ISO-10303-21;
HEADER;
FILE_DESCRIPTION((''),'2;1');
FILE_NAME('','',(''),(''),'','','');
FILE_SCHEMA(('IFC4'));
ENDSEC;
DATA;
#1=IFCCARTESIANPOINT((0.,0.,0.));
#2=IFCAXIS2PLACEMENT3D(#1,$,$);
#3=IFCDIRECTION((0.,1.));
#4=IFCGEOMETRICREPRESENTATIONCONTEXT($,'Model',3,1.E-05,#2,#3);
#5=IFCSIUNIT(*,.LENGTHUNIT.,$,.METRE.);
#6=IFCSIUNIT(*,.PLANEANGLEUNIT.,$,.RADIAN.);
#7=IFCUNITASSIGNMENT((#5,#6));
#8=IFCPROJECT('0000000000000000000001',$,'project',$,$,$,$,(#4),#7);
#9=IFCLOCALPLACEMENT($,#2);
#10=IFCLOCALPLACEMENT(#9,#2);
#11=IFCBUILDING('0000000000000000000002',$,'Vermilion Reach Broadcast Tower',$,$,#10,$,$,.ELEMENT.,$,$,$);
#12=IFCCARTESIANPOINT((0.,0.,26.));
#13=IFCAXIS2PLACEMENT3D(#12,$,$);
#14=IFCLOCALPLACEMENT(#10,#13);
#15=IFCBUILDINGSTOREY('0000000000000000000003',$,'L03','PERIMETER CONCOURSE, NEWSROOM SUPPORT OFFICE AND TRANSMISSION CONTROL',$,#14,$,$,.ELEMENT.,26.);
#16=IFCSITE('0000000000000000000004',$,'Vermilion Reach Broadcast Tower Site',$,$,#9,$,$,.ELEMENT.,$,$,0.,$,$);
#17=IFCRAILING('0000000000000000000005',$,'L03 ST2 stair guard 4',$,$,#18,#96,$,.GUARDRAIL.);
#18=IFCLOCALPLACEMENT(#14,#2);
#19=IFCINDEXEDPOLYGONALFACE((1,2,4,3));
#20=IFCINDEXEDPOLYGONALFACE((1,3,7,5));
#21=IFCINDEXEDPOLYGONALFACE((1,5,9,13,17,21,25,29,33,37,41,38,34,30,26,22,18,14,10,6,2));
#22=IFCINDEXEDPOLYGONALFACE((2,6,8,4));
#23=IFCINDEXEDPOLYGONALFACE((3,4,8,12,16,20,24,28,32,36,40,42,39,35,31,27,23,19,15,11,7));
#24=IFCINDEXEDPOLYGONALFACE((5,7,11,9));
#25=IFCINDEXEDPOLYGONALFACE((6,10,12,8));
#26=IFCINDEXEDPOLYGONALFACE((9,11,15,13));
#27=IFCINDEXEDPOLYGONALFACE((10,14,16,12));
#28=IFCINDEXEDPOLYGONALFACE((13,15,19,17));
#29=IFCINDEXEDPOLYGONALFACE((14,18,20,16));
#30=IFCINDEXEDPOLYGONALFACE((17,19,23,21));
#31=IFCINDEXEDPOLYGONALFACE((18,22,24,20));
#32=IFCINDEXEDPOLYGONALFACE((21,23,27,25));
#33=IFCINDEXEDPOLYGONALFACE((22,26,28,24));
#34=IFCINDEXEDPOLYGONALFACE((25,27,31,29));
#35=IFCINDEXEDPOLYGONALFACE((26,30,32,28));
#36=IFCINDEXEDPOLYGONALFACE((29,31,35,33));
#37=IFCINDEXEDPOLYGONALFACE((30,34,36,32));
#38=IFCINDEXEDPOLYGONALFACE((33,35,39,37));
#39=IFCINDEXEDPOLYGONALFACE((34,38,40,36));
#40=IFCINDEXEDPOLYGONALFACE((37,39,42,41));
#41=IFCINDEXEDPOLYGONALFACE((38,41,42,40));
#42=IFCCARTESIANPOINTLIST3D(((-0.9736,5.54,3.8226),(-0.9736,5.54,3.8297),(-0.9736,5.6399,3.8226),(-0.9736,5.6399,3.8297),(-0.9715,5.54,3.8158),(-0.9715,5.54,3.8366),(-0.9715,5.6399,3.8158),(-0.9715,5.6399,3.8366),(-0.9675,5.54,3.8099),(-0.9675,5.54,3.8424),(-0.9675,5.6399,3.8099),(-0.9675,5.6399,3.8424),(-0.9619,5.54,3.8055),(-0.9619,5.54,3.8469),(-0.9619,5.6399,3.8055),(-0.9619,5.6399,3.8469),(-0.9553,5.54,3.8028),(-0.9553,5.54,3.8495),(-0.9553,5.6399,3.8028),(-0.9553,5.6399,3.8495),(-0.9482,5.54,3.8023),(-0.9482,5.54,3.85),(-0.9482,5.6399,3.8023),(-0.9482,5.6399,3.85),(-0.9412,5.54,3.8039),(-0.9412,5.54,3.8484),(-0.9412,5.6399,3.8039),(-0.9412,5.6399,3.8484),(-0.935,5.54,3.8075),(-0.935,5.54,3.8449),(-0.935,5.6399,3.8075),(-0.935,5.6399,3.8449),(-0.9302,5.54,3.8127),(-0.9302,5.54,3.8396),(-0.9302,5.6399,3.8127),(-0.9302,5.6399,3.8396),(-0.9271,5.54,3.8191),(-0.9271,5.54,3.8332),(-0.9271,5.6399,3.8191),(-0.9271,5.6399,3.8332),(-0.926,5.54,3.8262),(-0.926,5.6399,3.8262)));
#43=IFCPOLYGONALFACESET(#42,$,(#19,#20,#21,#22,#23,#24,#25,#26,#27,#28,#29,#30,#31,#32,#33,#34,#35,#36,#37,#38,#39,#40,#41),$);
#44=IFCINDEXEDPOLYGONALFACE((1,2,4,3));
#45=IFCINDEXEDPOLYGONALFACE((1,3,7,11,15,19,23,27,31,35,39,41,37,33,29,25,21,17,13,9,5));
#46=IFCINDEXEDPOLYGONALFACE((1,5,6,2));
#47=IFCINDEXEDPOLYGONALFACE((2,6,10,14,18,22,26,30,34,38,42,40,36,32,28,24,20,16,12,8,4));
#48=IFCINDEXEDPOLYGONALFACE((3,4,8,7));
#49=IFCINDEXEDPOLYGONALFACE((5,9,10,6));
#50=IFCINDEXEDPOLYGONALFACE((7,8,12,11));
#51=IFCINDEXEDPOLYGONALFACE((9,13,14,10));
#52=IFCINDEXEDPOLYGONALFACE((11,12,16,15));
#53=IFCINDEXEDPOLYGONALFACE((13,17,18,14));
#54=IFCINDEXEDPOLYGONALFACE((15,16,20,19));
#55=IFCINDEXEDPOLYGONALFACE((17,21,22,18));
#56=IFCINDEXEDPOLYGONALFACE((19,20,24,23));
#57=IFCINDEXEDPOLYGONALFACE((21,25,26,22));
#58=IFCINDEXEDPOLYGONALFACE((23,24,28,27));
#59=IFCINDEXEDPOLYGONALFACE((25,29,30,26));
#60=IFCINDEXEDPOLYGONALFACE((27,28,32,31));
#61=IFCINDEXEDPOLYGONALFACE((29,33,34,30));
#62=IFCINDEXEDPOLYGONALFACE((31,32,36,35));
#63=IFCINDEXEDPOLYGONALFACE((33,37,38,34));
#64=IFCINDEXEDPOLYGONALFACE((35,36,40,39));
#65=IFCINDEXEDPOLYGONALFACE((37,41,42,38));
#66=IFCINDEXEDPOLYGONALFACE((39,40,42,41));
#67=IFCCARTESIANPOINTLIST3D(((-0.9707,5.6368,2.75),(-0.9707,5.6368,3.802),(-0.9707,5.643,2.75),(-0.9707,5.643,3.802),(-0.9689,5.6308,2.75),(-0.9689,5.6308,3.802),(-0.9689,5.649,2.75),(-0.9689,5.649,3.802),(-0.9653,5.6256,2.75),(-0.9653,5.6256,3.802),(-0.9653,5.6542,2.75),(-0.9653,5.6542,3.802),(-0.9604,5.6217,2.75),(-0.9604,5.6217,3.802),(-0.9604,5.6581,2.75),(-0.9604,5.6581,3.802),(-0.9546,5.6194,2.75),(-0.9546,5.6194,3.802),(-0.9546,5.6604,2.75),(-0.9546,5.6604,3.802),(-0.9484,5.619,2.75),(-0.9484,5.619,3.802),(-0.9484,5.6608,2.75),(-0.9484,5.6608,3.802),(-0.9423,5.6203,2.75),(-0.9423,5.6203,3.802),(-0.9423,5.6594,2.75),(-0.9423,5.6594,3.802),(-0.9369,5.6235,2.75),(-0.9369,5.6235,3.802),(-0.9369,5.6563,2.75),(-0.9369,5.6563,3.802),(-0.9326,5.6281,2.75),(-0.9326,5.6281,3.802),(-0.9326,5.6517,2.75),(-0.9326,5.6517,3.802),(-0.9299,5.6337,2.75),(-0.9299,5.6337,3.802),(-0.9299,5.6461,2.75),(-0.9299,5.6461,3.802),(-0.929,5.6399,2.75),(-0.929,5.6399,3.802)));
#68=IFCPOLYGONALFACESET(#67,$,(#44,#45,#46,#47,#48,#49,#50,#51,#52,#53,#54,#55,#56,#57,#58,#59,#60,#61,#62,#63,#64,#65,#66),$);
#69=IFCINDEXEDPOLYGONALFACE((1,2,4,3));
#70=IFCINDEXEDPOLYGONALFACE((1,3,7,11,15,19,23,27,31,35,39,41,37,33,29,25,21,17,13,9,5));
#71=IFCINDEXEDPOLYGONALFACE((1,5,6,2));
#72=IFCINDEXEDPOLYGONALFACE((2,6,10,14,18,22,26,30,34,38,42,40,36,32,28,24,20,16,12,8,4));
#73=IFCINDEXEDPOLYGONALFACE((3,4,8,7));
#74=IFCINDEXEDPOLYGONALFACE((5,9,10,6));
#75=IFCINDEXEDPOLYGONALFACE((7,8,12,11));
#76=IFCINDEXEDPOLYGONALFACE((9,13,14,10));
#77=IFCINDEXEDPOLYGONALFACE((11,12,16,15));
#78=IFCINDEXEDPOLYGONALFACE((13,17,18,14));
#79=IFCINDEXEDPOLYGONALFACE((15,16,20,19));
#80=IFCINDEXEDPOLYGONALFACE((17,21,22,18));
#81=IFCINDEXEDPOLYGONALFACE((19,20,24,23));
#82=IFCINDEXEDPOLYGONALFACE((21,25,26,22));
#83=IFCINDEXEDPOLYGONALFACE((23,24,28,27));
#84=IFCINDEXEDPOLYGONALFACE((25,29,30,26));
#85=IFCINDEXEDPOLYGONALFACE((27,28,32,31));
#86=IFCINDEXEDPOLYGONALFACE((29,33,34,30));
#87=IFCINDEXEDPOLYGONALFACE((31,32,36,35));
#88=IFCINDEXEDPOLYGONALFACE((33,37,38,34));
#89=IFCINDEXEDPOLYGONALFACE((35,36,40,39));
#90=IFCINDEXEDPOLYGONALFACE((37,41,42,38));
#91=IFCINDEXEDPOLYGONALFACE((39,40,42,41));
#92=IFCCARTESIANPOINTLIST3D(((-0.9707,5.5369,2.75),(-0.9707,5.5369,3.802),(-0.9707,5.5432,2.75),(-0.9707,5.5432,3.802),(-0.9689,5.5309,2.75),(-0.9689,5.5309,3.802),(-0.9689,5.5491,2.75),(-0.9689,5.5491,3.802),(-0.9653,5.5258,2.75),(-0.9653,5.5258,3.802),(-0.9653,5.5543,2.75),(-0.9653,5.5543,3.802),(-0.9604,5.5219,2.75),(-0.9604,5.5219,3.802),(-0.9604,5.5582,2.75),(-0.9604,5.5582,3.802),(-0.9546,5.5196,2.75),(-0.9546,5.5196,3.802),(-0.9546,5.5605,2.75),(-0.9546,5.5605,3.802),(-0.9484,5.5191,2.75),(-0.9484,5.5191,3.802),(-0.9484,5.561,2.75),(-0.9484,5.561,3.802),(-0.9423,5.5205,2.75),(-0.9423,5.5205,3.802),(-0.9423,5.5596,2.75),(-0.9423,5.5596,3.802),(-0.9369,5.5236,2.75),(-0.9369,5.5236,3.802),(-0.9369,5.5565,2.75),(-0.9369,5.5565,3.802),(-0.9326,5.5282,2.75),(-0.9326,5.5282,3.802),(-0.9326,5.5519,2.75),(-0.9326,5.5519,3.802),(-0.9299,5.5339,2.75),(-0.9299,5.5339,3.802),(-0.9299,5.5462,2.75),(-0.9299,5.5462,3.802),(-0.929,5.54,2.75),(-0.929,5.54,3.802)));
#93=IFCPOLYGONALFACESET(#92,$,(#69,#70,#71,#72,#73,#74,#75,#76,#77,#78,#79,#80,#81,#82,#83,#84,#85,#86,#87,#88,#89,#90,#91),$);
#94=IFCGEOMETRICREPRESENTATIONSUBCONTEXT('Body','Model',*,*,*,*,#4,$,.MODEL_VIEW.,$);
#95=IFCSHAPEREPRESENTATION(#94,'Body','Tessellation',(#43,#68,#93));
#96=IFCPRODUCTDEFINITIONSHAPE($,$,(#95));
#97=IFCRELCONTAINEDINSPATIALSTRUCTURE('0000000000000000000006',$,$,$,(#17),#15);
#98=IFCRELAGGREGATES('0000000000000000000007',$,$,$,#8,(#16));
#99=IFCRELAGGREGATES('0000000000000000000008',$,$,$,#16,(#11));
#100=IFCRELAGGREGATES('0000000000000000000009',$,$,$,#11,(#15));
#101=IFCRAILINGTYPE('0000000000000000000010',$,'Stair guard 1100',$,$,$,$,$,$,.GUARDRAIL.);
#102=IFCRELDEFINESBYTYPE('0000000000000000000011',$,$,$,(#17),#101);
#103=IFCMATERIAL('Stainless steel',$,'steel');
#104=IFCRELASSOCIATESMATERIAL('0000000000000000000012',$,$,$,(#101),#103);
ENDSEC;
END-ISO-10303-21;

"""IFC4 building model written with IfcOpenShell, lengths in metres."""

from ifc_helpers import new_model, si_unit, direction, frame, origin, origin_2d, place, context, subcontext, project, spatial, circle, extrude, material, type_object, element, save


model = new_model("IFC4")

# Units and contexts
model_context = context("Model", 3, precision=1e-05, world=origin(), true_north=direction((0.0, 1.0)))
body_context = subcontext(model_context, "Body", "Model", "MODEL_VIEW")
ifc_project = project(units=[si_unit("LENGTHUNIT", "METRE"), si_unit("PLANEANGLEUNIT", "RADIAN")], contexts=[model_context])

# Site, building, storey
site_placement = place(None, origin())
site = spatial("IfcSite", under=ifc_project, at=site_placement, Name="Vermilion Reach Broadcast Tower Site", CompositionType="ELEMENT", RefElevation=0.0)
building_placement = place(site_placement, origin())
building = spatial("IfcBuilding", under=site, at=building_placement, Name="Vermilion Reach Broadcast Tower", CompositionType="ELEMENT")
storey_placement = place(building_placement, frame((0.0, 0.0, 26.0)))
storey = spatial("IfcBuildingStorey", under=building, at=storey_placement, Name="L03", Description="PERIMETER CONCOURSE, NEWSROOM SUPPORT OFFICE AND TRANSMISSION CONTROL", CompositionType="ELEMENT", Elevation=26.0)

# Railing
ifc_material_1 = material(Name="Stainless steel", Category="steel")
railing_type_1 = type_object("IfcRailingType", Name="Stair guard 1100", PredefinedType="GUARDRAIL", material=ifc_material_1)
railing_1_placement = place(storey_placement, frame((-0.95, 5.6399, 2.75)))
element("IfcRailing", 1, at=railing_1_placement, inside=storey, type_object=railing_type_1, Name="L03 ST2 stair guard 4", PredefinedType="GUARDRAIL", context=body_context, shape_type="SweptSolid", body=[
    extrude(circle(Radius=0.0239, at=origin_2d()), frame((0.0, 0.0, 1.0762), z_axis=(0.0, -1.0, 0.0), x_axis=(1.0, 0.0, 0.0)), (0.0, 0.0, 1.0), 0.0999),
    extrude(circle(Radius=0.021, at=origin_2d()), origin(), (0.0, 0.0, 1.0), 1.052),
    extrude(circle(Radius=0.021, at=origin_2d()), frame((0.0, -0.0999, 0.0)), (0.0, 0.0, 1.0), 1.052),
])

save(model, "model.ifc")
